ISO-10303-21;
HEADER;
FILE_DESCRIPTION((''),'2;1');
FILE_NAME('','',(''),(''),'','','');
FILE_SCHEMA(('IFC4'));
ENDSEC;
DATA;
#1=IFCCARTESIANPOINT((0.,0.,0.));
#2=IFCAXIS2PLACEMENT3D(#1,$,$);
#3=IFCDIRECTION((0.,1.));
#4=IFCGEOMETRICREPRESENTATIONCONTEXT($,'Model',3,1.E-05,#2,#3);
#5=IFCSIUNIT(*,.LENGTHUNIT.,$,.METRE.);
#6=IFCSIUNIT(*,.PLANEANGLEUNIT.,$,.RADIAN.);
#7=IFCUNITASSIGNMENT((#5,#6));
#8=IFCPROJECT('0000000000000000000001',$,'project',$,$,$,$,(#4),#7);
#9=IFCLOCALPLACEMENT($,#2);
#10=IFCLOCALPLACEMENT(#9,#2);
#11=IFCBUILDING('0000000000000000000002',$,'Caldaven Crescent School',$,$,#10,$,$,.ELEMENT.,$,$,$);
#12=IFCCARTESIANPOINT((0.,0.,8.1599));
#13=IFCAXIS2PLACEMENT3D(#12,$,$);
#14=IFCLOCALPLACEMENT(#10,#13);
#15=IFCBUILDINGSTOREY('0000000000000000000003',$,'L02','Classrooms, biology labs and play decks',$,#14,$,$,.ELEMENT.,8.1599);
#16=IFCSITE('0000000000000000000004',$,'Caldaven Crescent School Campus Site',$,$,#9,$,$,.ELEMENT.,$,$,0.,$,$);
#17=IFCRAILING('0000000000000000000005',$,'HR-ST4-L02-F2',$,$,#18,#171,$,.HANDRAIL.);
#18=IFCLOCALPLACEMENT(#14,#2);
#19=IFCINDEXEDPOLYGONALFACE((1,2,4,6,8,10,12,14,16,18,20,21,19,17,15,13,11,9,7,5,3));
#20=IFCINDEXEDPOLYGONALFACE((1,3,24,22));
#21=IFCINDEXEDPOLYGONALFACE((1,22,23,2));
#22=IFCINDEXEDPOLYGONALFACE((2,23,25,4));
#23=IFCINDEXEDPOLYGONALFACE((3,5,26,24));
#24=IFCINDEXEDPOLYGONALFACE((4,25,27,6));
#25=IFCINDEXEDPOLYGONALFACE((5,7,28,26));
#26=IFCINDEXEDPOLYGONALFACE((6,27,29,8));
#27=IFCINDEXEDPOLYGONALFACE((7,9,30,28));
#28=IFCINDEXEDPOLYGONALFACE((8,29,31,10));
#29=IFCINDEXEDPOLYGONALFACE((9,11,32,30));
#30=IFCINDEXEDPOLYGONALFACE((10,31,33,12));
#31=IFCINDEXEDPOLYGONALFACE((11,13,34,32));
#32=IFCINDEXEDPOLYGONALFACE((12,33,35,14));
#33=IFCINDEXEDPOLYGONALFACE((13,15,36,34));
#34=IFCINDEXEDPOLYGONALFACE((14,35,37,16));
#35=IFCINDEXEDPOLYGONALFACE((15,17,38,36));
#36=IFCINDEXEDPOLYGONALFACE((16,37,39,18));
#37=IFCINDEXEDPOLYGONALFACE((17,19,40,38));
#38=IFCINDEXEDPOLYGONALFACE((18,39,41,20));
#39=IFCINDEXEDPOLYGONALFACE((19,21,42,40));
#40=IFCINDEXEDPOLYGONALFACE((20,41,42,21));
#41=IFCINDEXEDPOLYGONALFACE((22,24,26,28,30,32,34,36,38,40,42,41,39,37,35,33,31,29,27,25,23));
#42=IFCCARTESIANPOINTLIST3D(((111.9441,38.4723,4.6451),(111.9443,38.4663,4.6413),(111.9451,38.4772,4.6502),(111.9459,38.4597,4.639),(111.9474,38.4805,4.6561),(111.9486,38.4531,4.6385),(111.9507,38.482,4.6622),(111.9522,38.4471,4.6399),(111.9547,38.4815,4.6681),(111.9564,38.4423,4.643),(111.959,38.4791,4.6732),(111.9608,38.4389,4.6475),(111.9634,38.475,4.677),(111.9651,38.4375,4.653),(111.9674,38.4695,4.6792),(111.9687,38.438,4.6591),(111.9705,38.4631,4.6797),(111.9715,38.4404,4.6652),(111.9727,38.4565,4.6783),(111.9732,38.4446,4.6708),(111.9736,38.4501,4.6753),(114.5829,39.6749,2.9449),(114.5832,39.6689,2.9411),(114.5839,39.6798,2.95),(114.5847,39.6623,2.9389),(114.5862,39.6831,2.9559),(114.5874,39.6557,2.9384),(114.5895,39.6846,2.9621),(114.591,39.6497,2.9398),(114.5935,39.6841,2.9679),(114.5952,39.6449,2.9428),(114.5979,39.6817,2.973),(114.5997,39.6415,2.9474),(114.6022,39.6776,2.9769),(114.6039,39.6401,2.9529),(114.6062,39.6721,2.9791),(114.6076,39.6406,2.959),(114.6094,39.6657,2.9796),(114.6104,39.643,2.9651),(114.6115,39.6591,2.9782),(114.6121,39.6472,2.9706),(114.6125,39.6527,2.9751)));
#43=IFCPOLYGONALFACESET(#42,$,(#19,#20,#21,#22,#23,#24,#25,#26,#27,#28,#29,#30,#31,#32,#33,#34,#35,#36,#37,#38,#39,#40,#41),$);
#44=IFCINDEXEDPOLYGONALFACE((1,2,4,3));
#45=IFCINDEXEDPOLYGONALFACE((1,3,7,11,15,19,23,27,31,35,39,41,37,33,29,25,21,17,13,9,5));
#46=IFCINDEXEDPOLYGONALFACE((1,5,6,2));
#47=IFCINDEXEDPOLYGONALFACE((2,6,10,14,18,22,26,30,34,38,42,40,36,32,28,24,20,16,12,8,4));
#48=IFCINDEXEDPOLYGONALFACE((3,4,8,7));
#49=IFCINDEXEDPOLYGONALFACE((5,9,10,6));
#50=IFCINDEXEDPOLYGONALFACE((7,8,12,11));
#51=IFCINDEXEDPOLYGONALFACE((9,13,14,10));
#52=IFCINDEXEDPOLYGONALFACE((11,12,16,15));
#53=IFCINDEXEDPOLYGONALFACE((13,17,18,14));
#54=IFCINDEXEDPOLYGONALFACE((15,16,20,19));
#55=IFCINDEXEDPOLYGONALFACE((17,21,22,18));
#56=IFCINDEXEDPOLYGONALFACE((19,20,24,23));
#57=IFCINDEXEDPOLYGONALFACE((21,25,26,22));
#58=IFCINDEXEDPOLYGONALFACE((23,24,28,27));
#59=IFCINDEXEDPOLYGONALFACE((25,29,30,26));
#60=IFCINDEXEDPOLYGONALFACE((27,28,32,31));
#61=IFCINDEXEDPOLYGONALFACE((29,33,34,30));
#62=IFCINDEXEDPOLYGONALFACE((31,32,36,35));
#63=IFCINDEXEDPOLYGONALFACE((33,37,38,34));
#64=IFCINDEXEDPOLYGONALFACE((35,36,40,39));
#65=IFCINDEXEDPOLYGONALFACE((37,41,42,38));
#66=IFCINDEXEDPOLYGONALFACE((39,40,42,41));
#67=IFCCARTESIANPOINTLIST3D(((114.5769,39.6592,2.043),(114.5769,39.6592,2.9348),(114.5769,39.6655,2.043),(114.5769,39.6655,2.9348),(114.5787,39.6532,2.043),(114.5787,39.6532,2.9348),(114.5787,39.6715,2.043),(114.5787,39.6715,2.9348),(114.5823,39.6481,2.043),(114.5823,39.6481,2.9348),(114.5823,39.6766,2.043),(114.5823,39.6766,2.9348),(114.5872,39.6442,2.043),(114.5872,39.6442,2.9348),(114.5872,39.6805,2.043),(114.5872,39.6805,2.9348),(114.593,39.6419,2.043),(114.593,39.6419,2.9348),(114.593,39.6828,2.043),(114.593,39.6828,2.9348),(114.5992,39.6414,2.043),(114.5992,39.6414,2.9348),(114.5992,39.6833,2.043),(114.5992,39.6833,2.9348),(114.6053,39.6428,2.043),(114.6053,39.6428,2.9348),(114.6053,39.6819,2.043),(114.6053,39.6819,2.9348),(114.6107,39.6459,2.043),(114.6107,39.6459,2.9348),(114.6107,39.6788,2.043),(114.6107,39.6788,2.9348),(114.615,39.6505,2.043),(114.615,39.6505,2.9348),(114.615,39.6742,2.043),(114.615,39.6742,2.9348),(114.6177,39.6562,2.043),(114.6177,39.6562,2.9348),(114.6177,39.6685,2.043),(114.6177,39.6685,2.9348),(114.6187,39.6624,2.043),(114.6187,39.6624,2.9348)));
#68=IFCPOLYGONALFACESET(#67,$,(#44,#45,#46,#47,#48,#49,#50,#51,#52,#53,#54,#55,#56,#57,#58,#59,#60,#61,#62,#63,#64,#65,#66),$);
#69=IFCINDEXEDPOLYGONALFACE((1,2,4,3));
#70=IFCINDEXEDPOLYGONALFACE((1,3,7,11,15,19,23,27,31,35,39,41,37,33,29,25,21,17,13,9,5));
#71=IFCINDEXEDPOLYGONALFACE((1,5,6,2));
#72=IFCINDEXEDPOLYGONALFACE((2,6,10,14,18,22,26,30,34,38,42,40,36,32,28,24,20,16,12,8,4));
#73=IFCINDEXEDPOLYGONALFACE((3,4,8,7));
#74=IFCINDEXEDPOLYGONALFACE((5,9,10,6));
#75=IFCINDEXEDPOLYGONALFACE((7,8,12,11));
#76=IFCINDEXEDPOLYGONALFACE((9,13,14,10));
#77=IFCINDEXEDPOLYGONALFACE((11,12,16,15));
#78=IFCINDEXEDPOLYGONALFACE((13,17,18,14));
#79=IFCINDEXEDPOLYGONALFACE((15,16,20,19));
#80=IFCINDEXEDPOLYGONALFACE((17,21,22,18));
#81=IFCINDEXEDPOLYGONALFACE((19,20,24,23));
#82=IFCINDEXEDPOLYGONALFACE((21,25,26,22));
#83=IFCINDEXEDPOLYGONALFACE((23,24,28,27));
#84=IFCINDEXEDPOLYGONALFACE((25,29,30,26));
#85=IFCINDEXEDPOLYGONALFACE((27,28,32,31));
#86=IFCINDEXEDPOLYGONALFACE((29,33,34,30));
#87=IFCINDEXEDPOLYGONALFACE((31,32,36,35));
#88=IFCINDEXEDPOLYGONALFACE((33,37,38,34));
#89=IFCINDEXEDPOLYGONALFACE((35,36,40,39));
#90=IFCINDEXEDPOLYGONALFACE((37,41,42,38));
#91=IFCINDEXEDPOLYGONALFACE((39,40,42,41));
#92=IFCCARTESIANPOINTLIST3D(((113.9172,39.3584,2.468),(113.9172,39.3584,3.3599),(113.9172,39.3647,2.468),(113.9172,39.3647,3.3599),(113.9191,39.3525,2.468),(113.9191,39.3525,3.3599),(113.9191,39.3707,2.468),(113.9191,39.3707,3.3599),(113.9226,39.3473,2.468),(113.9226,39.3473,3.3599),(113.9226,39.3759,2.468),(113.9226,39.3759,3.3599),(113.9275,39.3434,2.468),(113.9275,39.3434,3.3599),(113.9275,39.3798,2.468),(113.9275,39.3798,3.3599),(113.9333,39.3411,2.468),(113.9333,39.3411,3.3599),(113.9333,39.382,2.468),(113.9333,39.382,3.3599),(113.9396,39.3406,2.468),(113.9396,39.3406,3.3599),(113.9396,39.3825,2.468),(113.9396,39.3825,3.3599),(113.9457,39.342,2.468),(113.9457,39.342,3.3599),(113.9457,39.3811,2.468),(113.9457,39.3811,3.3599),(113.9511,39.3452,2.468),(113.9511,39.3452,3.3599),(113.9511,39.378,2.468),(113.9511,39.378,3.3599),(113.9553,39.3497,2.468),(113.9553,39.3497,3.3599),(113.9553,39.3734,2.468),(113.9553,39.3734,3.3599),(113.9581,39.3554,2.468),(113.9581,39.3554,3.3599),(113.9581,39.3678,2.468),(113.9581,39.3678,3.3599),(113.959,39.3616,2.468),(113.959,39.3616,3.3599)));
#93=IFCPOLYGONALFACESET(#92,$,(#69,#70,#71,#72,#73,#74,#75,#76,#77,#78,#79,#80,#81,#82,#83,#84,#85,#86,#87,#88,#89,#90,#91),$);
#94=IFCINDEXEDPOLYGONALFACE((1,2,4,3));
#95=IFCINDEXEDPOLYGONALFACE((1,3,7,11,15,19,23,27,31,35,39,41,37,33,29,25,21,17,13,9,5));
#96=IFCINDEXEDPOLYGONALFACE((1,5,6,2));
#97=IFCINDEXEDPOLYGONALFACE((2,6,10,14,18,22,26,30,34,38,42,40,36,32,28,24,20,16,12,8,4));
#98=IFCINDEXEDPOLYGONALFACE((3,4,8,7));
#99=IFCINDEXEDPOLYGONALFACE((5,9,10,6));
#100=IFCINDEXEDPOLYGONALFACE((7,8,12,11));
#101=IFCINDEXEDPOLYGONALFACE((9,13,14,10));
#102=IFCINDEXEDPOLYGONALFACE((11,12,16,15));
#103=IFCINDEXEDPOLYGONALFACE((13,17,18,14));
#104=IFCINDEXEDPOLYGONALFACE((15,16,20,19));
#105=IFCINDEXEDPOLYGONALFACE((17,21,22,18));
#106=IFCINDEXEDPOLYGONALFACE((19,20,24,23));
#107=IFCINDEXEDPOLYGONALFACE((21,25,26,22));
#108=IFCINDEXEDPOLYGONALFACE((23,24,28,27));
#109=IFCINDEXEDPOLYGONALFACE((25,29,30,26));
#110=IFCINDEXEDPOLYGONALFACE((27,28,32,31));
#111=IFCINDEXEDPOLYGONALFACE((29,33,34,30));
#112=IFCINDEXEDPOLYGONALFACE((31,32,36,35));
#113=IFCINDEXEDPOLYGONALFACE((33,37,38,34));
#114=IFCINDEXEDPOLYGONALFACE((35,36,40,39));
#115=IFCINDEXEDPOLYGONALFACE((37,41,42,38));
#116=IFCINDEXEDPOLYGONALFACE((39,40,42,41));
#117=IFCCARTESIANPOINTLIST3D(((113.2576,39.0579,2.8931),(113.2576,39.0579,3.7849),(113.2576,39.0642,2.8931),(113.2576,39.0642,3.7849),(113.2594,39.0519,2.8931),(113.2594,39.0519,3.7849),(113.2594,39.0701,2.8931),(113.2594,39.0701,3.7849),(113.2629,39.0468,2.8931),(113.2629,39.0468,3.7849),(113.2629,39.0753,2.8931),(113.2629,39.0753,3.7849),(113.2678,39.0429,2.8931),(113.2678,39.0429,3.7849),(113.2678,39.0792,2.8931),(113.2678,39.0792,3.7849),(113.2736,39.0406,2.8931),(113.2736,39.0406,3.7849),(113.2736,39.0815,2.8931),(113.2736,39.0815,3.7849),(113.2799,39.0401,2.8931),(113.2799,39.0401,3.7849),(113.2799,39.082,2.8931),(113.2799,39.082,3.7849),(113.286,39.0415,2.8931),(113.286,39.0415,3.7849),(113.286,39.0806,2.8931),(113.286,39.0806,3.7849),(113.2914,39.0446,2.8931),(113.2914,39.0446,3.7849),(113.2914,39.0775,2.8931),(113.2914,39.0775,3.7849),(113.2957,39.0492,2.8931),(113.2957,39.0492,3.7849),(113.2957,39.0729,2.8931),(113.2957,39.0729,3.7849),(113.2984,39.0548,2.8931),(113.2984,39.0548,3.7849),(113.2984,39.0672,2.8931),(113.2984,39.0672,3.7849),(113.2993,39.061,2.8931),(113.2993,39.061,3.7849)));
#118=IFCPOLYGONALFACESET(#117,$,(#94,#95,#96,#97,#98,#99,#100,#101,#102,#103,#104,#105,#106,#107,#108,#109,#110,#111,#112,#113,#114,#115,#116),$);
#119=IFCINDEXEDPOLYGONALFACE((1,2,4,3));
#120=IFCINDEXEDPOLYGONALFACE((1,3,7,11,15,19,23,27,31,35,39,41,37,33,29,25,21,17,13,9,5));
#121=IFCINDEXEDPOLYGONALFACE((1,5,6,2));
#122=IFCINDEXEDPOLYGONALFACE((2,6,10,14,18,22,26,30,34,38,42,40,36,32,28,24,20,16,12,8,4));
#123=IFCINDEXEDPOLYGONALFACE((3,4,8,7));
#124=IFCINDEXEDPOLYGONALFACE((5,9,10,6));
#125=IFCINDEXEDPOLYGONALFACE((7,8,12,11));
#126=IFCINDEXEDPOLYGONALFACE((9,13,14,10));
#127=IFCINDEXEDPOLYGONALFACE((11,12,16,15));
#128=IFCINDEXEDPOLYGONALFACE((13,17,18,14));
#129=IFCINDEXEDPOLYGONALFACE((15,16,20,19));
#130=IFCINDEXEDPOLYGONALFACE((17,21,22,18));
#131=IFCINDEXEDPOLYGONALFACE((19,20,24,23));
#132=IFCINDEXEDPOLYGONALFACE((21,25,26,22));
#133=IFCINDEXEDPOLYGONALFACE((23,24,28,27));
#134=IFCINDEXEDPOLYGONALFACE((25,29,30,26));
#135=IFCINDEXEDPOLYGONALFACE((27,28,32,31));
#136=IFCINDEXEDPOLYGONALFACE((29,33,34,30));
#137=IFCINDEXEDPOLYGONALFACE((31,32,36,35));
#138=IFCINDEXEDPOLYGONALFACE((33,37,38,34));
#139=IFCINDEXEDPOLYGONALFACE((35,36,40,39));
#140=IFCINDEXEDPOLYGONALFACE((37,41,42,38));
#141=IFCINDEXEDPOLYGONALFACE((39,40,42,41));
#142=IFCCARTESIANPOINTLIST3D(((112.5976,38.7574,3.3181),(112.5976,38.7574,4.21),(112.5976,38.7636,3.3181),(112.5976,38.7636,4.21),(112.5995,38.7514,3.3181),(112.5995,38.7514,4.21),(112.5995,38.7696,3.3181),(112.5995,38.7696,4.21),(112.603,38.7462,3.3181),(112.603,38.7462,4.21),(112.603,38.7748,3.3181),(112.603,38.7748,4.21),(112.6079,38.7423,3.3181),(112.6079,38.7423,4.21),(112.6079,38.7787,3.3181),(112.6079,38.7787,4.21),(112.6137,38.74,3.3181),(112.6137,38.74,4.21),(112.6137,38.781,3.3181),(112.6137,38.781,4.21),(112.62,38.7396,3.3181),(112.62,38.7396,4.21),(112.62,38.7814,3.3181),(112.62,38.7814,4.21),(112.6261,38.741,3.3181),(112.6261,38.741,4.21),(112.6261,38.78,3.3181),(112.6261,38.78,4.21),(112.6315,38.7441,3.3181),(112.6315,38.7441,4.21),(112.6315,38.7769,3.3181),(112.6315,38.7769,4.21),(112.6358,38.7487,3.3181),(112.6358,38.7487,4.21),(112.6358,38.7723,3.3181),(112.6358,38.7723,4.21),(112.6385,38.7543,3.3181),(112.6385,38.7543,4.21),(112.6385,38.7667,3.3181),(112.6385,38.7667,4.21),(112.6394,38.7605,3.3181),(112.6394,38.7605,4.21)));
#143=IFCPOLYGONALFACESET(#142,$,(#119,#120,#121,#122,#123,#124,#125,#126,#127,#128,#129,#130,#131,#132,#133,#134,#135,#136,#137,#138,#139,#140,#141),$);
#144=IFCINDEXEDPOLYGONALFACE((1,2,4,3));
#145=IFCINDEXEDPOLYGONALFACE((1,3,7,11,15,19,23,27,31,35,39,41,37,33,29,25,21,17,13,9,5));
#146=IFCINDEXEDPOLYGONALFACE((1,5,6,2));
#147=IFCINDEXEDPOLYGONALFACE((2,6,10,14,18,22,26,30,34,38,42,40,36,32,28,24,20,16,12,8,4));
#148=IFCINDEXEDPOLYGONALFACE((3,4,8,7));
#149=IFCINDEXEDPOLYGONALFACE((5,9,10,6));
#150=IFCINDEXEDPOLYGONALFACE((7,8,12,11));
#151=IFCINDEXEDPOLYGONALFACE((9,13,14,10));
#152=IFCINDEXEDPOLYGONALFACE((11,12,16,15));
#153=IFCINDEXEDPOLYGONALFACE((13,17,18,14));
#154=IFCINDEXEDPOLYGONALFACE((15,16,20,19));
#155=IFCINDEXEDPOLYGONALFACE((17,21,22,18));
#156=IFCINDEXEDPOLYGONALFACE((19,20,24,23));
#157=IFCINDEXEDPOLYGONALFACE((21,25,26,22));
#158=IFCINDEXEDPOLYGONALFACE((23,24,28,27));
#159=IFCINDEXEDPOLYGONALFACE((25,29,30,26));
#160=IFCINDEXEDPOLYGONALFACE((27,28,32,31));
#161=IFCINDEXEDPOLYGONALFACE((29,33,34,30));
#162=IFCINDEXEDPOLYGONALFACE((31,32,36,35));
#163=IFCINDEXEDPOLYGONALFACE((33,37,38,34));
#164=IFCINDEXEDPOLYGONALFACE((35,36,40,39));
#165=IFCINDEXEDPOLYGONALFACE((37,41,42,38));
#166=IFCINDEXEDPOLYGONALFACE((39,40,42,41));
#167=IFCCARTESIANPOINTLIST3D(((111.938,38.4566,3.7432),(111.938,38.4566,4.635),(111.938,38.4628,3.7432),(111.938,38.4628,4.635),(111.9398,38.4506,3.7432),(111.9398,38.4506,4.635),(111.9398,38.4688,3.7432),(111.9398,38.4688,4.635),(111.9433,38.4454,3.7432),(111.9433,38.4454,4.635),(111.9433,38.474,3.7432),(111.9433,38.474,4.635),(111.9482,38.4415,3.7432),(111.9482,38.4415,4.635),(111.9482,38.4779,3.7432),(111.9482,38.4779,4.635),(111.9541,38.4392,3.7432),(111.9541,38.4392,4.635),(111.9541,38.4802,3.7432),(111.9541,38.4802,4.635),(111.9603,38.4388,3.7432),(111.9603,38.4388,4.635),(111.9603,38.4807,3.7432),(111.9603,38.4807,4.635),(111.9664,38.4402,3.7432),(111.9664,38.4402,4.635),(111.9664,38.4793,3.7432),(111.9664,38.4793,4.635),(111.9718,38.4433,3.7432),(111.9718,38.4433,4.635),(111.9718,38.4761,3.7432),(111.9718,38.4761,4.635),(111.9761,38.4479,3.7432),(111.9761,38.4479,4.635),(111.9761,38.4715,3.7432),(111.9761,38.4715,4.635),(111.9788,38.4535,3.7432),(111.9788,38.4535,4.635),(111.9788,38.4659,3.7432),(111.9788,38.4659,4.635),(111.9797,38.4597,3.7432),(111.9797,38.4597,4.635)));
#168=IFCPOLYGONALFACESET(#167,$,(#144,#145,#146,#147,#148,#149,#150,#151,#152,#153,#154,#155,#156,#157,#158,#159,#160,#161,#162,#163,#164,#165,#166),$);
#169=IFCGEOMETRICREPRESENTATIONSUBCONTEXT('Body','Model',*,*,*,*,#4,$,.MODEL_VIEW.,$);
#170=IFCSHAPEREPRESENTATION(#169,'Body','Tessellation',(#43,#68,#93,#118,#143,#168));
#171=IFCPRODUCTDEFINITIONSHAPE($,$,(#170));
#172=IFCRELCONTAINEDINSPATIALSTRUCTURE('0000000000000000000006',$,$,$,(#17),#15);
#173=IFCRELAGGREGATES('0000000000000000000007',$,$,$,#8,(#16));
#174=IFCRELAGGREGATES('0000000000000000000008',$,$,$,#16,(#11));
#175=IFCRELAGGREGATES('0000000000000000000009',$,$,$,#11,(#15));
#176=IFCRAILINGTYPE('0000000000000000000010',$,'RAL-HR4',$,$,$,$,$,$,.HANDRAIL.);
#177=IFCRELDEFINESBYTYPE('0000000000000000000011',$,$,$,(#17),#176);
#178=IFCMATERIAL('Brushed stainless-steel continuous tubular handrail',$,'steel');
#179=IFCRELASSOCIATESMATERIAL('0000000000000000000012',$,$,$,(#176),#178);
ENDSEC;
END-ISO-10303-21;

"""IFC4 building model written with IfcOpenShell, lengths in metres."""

from ifc_helpers import new_model, si_unit, direction, frame, origin, origin_2d, place, context, subcontext, project, spatial, circle, extrude, material, type_object, element, save


model = new_model("IFC4")

# Units and contexts
model_context = context("Model", 3, precision=1e-05, world=origin(), true_north=direction((0.0, 1.0)))
body_context = subcontext(model_context, "Body", "Model", "MODEL_VIEW")
ifc_project = project(units=[si_unit("LENGTHUNIT", "METRE"), si_unit("PLANEANGLEUNIT", "RADIAN")], contexts=[model_context])

# Site, building, storey
site_placement = place(None, origin())
site = spatial("IfcSite", under=ifc_project, at=site_placement, Name="Caldaven Crescent School Campus Site", CompositionType="ELEMENT", RefElevation=0.0)
building_placement = place(site_placement, origin())
building = spatial("IfcBuilding", under=site, at=building_placement, Name="Caldaven Crescent School", CompositionType="ELEMENT")
storey_placement = place(building_placement, frame((0.0, 0.0, 8.1599)))
storey = spatial("IfcBuildingStorey", under=building, at=storey_placement, Name="L02", Description="Classrooms, biology labs and play decks", CompositionType="ELEMENT", Elevation=8.1599)

# Railing
ifc_material_1 = material(Name="Brushed stainless-steel continuous tubular handrail", Category="steel")
railing_type_1 = type_object("IfcRailingType", Name="RAL-HR4", PredefinedType="HANDRAIL", material=ifc_material_1)
railing_1_placement = place(storey_placement, frame((114.5977, 39.6624, 2.043)))
element("IfcRailing", 1, at=railing_1_placement, inside=storey, type_object=railing_type_1, Name="HR-ST4-L02-F2", PredefinedType="HANDRAIL", context=body_context, shape_type="SweptSolid", body=[
    extrude(circle(Radius=0.0239, at=origin_2d()), frame((0.0, 0.0, 0.916), z_axis=(-0.785, -0.357749, 0.505758), x_axis=(0.414697, -0.90996, 0.0)), (0.0, 0.0, 1.0), 3.3616),
    extrude(circle(Radius=0.021, at=origin_2d()), origin(), (0.0, 0.0, 1.0), 0.8918),
    extrude(circle(Radius=0.021, at=origin_2d()), frame((-0.6597, -0.3008, 0.425)), (0.0, 0.0, 1.0), 0.8918),
    extrude(circle(Radius=0.021, at=origin_2d()), frame((-1.3193, -0.6013, 0.8501)), (0.0, 0.0, 1.0), 0.8918),
    extrude(circle(Radius=0.021, at=origin_2d()), frame((-1.9792, -0.9019, 1.2751)), (0.0, 0.0, 1.0), 0.8918),
    extrude(circle(Radius=0.021, at=origin_2d()), frame((-2.6389, -1.2026, 1.7002)), (0.0, 0.0, 1.0), 0.8918),
])

save(model, "model.ifc")
